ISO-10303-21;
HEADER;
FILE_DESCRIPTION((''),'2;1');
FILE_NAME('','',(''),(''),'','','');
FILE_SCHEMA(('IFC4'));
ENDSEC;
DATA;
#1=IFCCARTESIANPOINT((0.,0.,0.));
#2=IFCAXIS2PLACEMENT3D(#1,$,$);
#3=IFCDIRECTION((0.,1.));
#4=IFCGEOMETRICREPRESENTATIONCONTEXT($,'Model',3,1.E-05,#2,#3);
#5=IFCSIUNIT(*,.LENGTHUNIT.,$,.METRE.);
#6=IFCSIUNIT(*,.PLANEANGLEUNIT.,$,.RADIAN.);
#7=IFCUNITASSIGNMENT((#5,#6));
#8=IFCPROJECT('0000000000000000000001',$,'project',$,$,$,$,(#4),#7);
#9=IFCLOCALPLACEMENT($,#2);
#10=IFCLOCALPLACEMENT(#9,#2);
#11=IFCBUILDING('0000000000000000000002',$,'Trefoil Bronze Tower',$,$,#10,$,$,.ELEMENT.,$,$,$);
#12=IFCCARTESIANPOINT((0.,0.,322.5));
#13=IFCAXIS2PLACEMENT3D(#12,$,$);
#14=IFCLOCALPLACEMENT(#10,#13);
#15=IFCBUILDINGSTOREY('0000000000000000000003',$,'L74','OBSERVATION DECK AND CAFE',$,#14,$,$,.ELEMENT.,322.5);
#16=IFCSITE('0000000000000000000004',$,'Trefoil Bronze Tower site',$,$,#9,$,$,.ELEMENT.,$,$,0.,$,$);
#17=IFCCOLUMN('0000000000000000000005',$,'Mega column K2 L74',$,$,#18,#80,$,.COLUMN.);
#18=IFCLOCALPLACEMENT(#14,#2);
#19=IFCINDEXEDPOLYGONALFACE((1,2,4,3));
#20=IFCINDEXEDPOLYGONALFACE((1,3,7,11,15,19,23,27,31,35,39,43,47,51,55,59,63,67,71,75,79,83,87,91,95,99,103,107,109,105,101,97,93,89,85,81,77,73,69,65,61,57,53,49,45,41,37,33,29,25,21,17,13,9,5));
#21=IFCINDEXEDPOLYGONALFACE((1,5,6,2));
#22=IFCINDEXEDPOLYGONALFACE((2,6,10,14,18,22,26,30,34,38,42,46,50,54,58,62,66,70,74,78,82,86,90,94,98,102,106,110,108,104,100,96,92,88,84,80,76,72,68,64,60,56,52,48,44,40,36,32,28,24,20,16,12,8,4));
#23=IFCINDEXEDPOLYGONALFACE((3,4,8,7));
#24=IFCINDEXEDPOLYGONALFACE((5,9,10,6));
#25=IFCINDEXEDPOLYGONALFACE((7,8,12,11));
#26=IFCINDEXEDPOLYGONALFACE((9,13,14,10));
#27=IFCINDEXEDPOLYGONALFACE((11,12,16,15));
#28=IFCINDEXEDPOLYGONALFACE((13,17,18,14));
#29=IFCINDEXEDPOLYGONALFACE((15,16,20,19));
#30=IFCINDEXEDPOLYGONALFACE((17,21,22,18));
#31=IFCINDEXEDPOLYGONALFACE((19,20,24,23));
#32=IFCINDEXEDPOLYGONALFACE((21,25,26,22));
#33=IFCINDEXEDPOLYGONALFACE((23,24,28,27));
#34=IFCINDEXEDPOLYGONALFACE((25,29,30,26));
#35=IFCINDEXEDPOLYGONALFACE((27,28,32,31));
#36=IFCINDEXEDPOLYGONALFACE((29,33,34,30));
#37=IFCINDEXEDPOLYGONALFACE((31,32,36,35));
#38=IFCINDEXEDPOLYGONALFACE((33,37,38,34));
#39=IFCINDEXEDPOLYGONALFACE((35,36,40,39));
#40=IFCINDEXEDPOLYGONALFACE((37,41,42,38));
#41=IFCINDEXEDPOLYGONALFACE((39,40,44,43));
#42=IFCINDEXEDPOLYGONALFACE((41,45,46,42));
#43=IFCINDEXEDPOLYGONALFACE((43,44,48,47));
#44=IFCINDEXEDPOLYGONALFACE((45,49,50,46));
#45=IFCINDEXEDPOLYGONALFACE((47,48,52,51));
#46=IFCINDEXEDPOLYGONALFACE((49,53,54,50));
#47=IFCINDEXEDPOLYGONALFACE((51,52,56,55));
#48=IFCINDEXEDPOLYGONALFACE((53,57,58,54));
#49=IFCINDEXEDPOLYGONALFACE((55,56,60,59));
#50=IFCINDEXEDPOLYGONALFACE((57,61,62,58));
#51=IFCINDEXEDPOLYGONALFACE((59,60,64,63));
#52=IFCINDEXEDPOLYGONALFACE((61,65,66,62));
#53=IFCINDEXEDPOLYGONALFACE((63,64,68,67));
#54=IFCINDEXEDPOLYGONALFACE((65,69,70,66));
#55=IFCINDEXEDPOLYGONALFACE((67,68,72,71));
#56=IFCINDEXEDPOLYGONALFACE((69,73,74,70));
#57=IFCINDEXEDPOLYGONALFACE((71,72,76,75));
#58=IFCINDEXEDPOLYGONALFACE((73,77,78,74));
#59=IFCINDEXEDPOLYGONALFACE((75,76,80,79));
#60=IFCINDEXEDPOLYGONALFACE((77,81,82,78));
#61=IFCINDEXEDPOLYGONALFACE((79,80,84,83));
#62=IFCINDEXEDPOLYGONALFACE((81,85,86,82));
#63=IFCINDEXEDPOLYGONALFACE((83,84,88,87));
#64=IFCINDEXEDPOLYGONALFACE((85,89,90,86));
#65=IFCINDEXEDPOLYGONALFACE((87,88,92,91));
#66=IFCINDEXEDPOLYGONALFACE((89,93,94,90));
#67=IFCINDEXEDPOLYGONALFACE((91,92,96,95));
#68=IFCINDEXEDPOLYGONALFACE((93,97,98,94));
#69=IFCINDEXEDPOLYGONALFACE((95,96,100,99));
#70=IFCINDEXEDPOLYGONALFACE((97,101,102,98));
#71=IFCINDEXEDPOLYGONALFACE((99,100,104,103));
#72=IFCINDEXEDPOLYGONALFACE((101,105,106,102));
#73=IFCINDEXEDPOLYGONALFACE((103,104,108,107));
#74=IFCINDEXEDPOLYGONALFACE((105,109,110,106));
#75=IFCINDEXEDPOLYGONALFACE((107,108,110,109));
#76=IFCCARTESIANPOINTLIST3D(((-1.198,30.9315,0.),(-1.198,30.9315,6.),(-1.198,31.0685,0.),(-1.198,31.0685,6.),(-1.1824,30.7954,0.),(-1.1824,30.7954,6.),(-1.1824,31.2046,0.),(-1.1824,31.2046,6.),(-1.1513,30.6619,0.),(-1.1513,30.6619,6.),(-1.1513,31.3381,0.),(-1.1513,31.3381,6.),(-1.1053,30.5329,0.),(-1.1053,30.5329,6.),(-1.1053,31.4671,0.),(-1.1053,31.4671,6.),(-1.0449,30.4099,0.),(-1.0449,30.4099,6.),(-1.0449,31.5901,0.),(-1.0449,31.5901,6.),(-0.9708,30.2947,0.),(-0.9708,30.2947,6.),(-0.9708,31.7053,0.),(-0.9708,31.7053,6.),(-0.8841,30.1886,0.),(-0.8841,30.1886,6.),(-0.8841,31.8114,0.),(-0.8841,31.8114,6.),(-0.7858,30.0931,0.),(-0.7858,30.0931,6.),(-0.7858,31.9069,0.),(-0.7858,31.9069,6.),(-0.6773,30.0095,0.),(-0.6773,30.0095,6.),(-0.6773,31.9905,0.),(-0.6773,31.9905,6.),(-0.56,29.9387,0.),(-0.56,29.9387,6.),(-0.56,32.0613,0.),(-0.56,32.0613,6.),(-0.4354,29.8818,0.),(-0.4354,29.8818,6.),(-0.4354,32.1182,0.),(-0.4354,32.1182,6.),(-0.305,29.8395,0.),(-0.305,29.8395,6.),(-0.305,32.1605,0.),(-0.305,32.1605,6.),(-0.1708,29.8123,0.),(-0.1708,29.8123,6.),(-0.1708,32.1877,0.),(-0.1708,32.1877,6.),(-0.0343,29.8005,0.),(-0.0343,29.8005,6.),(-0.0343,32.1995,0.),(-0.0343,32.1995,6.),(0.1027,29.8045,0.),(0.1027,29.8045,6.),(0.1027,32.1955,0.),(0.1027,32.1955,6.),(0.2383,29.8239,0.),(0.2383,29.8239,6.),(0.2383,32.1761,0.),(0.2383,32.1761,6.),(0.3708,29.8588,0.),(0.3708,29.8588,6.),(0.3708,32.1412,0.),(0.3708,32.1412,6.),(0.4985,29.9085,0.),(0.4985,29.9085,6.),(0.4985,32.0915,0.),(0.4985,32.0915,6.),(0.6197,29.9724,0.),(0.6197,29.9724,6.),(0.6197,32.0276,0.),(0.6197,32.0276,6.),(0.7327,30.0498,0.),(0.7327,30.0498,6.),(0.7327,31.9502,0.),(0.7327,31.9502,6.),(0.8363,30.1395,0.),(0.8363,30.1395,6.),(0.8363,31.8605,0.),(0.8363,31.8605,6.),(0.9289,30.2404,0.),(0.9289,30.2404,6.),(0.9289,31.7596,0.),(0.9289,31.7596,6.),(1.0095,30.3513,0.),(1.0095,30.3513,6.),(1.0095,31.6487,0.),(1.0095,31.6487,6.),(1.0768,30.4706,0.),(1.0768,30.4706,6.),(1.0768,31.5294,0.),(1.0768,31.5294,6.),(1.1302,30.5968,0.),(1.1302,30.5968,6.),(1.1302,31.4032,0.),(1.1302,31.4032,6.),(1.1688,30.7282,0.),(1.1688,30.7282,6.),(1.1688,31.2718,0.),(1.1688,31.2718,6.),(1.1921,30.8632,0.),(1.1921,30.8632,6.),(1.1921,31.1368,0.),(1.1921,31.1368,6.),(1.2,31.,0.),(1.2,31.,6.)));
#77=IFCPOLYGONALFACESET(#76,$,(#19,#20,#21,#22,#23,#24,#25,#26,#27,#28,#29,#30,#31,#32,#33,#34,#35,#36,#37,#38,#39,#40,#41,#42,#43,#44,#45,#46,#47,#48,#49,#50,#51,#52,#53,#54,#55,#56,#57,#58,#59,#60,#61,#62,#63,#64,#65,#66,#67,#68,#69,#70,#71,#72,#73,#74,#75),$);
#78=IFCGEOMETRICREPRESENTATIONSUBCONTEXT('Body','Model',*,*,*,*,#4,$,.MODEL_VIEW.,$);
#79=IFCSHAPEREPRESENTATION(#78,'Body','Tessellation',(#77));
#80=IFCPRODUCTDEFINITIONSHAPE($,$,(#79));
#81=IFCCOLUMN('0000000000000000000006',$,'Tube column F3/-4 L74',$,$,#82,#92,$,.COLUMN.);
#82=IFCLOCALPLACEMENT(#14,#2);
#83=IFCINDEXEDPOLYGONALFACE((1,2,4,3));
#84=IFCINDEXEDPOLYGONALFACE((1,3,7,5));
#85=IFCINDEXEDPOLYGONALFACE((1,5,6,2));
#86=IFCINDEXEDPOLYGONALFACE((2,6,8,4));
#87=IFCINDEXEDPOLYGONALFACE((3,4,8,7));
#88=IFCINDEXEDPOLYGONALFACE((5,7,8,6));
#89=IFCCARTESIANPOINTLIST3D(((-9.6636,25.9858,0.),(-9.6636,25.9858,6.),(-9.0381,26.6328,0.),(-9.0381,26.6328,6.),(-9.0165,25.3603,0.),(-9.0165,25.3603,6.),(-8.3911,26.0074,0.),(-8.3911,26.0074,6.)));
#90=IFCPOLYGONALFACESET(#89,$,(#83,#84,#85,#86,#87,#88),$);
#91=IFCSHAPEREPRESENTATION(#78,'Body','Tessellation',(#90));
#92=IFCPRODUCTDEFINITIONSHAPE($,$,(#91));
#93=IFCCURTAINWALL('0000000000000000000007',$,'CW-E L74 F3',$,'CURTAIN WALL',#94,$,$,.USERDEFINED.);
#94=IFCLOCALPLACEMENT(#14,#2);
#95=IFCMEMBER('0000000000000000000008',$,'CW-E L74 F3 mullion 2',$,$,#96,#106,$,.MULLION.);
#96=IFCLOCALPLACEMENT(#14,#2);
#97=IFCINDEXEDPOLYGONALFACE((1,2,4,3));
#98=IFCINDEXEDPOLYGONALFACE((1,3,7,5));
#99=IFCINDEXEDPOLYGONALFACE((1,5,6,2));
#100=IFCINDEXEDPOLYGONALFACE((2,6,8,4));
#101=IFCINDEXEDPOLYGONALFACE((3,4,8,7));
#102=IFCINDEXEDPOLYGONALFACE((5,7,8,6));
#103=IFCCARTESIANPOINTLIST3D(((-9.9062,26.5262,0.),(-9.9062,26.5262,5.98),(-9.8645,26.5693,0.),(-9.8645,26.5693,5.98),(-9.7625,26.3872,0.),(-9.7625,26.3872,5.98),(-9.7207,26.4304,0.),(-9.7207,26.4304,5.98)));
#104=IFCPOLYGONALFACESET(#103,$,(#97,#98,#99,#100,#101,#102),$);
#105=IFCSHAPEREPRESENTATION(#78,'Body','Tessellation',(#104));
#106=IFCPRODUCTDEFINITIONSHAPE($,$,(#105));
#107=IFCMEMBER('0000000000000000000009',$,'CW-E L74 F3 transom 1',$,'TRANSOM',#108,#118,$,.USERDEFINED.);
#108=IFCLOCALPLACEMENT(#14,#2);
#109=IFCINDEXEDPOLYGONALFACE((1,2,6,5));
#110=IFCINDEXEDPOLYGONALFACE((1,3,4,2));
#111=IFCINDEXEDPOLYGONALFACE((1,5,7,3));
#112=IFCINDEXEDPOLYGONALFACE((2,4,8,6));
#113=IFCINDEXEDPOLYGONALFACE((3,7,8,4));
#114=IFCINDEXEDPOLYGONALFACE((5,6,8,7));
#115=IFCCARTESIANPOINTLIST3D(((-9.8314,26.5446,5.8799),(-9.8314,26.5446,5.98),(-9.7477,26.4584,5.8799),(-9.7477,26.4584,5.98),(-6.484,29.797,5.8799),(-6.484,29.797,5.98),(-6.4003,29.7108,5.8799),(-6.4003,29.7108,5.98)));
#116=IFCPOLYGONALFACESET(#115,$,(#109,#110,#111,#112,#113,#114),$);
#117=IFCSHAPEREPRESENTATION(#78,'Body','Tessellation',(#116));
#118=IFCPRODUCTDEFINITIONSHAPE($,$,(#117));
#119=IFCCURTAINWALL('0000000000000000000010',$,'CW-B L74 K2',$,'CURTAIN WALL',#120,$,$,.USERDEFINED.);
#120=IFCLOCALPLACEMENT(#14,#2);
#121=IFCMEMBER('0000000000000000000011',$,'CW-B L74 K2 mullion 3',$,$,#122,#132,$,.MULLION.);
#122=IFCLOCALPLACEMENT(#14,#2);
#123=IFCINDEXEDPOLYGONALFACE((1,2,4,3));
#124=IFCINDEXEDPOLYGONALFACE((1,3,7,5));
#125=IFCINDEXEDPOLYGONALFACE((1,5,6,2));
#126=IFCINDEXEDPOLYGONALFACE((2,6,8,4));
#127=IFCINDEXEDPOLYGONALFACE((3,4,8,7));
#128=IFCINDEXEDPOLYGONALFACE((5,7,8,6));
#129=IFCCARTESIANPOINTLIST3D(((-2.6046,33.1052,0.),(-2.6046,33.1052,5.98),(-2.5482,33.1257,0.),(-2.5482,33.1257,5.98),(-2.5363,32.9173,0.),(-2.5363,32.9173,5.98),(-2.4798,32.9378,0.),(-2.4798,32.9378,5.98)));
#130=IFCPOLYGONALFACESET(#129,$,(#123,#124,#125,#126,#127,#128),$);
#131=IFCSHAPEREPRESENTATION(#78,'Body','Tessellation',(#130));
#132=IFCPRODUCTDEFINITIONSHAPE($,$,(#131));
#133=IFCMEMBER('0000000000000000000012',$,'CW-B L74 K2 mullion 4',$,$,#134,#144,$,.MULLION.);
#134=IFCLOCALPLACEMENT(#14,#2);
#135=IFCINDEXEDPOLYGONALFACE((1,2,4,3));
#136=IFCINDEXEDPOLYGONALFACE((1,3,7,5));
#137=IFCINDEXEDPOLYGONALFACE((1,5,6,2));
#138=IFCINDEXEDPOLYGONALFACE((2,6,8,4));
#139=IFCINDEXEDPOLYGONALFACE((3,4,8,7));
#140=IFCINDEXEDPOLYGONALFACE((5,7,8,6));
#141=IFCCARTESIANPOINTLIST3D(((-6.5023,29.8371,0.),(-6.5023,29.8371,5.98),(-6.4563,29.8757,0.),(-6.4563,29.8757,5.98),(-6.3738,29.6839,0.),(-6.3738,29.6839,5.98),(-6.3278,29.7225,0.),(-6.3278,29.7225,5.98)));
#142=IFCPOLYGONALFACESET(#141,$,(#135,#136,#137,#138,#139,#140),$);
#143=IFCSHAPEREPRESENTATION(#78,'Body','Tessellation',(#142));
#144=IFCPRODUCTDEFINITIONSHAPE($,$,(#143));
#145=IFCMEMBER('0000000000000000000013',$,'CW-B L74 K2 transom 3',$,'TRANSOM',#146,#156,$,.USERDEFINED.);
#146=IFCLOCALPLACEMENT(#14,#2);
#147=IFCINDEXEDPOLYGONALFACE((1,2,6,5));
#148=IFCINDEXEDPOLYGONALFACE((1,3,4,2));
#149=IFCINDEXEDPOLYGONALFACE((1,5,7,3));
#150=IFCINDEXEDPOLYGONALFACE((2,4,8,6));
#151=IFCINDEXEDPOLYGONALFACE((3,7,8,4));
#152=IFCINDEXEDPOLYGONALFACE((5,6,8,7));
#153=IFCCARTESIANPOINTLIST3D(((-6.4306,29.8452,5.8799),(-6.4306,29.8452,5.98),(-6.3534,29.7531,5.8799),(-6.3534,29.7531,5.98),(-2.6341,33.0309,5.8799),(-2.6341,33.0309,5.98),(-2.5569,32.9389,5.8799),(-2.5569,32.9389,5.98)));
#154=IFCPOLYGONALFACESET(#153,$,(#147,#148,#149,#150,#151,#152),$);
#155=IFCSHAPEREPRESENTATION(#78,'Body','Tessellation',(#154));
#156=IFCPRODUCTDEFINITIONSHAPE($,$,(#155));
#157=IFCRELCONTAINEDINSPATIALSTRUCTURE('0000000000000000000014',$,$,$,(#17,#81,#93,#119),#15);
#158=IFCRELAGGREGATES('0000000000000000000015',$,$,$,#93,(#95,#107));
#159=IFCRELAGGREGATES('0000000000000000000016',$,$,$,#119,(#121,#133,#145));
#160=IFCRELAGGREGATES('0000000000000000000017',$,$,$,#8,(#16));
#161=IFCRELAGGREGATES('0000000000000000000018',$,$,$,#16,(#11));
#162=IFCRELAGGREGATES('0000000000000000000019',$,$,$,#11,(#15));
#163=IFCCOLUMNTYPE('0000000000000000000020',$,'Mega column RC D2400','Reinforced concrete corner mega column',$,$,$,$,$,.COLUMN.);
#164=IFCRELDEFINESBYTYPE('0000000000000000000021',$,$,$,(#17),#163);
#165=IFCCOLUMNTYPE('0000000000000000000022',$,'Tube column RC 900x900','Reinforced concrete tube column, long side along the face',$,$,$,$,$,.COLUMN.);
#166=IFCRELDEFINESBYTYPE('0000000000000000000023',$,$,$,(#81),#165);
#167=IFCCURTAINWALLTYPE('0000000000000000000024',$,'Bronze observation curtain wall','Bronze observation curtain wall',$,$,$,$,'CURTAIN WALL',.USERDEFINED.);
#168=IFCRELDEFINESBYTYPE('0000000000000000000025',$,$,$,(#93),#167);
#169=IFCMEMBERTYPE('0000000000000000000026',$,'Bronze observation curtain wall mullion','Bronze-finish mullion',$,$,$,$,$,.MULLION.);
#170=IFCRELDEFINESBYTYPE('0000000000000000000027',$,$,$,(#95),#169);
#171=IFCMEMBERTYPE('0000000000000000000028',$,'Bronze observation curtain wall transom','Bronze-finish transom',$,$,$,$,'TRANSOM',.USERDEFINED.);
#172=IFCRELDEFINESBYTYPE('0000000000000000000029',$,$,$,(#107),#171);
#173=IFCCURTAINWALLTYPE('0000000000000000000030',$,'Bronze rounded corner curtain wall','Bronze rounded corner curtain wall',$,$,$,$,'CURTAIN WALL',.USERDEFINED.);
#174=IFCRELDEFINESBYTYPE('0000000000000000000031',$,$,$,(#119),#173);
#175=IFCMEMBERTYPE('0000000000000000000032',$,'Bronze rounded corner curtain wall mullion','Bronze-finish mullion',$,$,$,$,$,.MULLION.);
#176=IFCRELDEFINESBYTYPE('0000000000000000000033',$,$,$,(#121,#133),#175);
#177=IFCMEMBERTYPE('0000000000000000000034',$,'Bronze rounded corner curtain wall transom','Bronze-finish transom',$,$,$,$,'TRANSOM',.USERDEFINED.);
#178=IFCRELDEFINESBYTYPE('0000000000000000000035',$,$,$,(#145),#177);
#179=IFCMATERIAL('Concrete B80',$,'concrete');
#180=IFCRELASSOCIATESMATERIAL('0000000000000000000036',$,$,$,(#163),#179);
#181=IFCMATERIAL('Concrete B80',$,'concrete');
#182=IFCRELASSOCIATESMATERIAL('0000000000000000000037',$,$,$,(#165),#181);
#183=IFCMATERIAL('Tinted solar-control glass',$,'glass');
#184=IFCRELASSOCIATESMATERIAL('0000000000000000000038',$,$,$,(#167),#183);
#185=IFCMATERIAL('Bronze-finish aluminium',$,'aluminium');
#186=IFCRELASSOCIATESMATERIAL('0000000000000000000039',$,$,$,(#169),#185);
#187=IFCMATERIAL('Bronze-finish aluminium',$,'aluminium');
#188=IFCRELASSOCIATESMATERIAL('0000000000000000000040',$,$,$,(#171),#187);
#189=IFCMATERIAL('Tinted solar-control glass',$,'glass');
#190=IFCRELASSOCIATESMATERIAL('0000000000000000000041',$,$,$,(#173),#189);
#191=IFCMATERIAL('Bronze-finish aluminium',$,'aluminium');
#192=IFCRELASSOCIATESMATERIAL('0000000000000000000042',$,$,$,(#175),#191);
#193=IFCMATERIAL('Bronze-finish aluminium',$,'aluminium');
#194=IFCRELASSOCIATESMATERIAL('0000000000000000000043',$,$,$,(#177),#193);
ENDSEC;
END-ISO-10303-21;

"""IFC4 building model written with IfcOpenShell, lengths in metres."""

from ifc_helpers import new_model, si_unit, direction, frame, origin, origin_2d, place, context, subcontext, project, spatial, rectangle, circle, extrude, material, material_profile, profile_set, type_object, element, aggregate, save


model = new_model("IFC4")

# Units and contexts
model_context = context("Model", 3, precision=1e-05, world=origin(), true_north=direction((0.0, 1.0)))
body_context = subcontext(model_context, "Body", "Model", "MODEL_VIEW")
ifc_project = project(units=[si_unit("LENGTHUNIT", "METRE"), si_unit("PLANEANGLEUNIT", "RADIAN")], contexts=[model_context])

# Site, building, storey
site_placement = place(None, origin())
site = spatial("IfcSite", under=ifc_project, at=site_placement, Name="Trefoil Bronze Tower site", CompositionType="ELEMENT", RefElevation=0.0)
building_placement = place(site_placement, origin())
building = spatial("IfcBuilding", under=site, at=building_placement, Name="Trefoil Bronze Tower", CompositionType="ELEMENT")
storey_placement = place(building_placement, frame((0.0, 0.0, 322.5)))
storey = spatial("IfcBuildingStorey", under=building, at=storey_placement, Name="L74", Description="OBSERVATION DECK AND CAFE", CompositionType="ELEMENT", Elevation=322.5)

# Columns
ifc_material_1 = material(Name="Concrete B80", Category="concrete")
ifc_material_profile_1 = material_profile(ifc_material_1, circle(Radius=1.2, at=origin_2d()), Name="RC D2400")
ifc_profile_set_1 = profile_set([ifc_material_profile_1], Name="Concrete B80")
column_type_1 = type_object("IfcColumnType", Name="Mega column RC D2400", Description="Reinforced concrete corner mega column", PredefinedType="COLUMN", material=ifc_profile_set_1)
column_1_placement = place(storey_placement, frame((0.0, 31.0, 0.0), z_axis=(0.0, 0.0, 1.0), x_axis=(1.0, 0.0, 0.0)))
element("IfcColumn", 1, at=column_1_placement, inside=storey, type_object=column_type_1, Name="Mega column K2 L74", PredefinedType="COLUMN", context=body_context, shape_type="SweptSolid", body=[
    extrude(circle(Radius=1.2, at=origin_2d()), origin(), (0.0, 0.0, 1.0), 6.0),
])
ifc_material_2 = material(Name="Concrete B80", Category="concrete")
ifc_material_profile_2 = material_profile(ifc_material_2, rectangle(XDim=0.8999, YDim=0.8999, at=origin_2d()), Name="RC 900x900")
ifc_profile_set_2 = profile_set([ifc_material_profile_2], Name="Concrete B80")
column_type_2 = type_object("IfcColumnType", Name="Tube column RC 900x900", Description="Reinforced concrete tube column, long side along the face", PredefinedType="COLUMN", material=ifc_profile_set_2)
column_2_placement = place(storey_placement, frame((-9.0273, 25.9966, 0.0), z_axis=(0.0, 0.0, 1.0), x_axis=(-0.695009, -0.719001, 0.0)))
element("IfcColumn", 2, at=column_2_placement, inside=storey, type_object=column_type_2, Name="Tube column F3/-4 L74", PredefinedType="COLUMN", context=body_context, shape_type="SweptSolid", body=[
    extrude(rectangle(XDim=0.8999, YDim=0.8999, at=origin_2d()), origin(), (0.0, 0.0, 1.0), 6.0),
])

# Curtain walls, members
ifc_material_3 = material(Name="Tinted solar-control glass", Category="glass")
curtain_wall_type_1 = type_object("IfcCurtainWallType", Name="Bronze observation curtain wall", Description="Bronze observation curtain wall", ElementType="CURTAIN WALL", PredefinedType="USERDEFINED", material=ifc_material_3)
curtain_wall_1_placement = place(storey_placement, origin())
curtain_wall_1 = element("IfcCurtainWall", 3, at=curtain_wall_1_placement, inside=storey, type_object=curtain_wall_type_1, Name="CW-E L74 F3", ObjectType="CURTAIN WALL", PredefinedType="USERDEFINED")
ifc_material_4 = material(Name="Bronze-finish aluminium", Category="aluminium")
ifc_material_profile_3 = material_profile(ifc_material_4, rectangle(XDim=0.2, YDim=0.0601, at=origin_2d()), Name="CW-E mullion")
ifc_profile_set_3 = profile_set([ifc_material_profile_3], Name="Bronze-finish aluminium")
member_type_1 = type_object("IfcMemberType", Name="Bronze observation curtain wall mullion", Description="Bronze-finish mullion", PredefinedType="MULLION", material=ifc_profile_set_3)
member_1_placement = place(storey_placement, frame((-9.8135, 26.4783, 0.0), z_axis=(0.0, 0.0, 1.0), x_axis=(0.719001, -0.695009, 0.0)))
member_1 = element("IfcMember", 4, at=member_1_placement, type_object=member_type_1, Name="CW-E L74 F3 mullion 2", PredefinedType="MULLION", context=body_context, shape_type="SweptSolid", body=[
    extrude(rectangle(XDim=0.2, YDim=0.0601, at=origin_2d()), origin(), (0.0, 0.0, 1.0), 5.98),
])
ifc_material_5 = material(Name="Bronze-finish aluminium", Category="aluminium")
ifc_material_profile_4 = material_profile(ifc_material_5, rectangle(XDim=0.1201, YDim=0.1001, at=origin_2d()), Name="CW-E transom")
ifc_profile_set_4 = profile_set([ifc_material_profile_4], Name="Bronze-finish aluminium")
member_type_2 = type_object("IfcMemberType", Name="Bronze observation curtain wall transom", Description="Bronze-finish transom", ElementType="TRANSOM", PredefinedType="USERDEFINED", material=ifc_profile_set_4)
member_2_placement = place(storey_placement, frame((-6.4421, 29.7539, 5.9299), z_axis=(-0.717208, -0.696859, 0.0), x_axis=(0.696859, -0.717208, 0.0)))
member_2 = element("IfcMember", 5, at=member_2_placement, type_object=member_type_2, Name="CW-E L74 F3 transom 1", ObjectType="TRANSOM", PredefinedType="USERDEFINED", context=body_context, shape_type="SweptSolid", body=[
    extrude(rectangle(XDim=0.1201, YDim=0.1001, at=origin_2d()), origin(), (0.0, 0.0, 1.0), 4.6672),
])
ifc_material_6 = material(Name="Tinted solar-control glass", Category="glass")
curtain_wall_type_2 = type_object("IfcCurtainWallType", Name="Bronze rounded corner curtain wall", Description="Bronze rounded corner curtain wall", ElementType="CURTAIN WALL", PredefinedType="USERDEFINED", material=ifc_material_6)
curtain_wall_2_placement = place(storey_placement, origin())
curtain_wall_2 = element("IfcCurtainWall", 6, at=curtain_wall_2_placement, inside=storey, type_object=curtain_wall_type_2, Name="CW-B L74 K2", ObjectType="CURTAIN WALL", PredefinedType="USERDEFINED")
ifc_material_7 = material(Name="Bronze-finish aluminium", Category="aluminium")
ifc_material_profile_5 = material_profile(ifc_material_7, rectangle(XDim=0.2, YDim=0.0601, at=origin_2d()), Name="CW-B mullion")
ifc_profile_set_5 = profile_set([ifc_material_profile_5], Name="Bronze-finish aluminium")
member_type_3 = type_object("IfcMemberType", Name="Bronze rounded corner curtain wall mullion", Description="Bronze-finish mullion", PredefinedType="MULLION", material=ifc_profile_set_5)
member_3_placement = place(storey_placement, frame((-2.5422, 33.0215, 0.0), z_axis=(0.0, 0.0, 1.0), x_axis=(0.34202, -0.939693, 0.0)))
member_3 = element("IfcMember", 7, at=member_3_placement, type_object=member_type_3, Name="CW-B L74 K2 mullion 3", PredefinedType="MULLION", context=body_context, shape_type="SweptSolid", body=[
    extrude(rectangle(XDim=0.2, YDim=0.0601, at=origin_2d()), origin(), (0.0, 0.0, 1.0), 5.98),
])
member_4_placement = place(storey_placement, frame((-6.415, 29.7798, 0.0), z_axis=(0.0, 0.0, 1.0), x_axis=(0.642788, -0.766044, 0.0)))
member_4 = element("IfcMember", 8, at=member_4_placement, type_object=member_type_3, Name="CW-B L74 K2 mullion 4", PredefinedType="MULLION", context=body_context, shape_type="SweptSolid", body=[
    extrude(rectangle(XDim=0.2, YDim=0.0601, at=origin_2d()), origin(), (0.0, 0.0, 1.0), 5.98),
])
ifc_material_8 = material(Name="Bronze-finish aluminium", Category="aluminium")
ifc_material_profile_6 = material_profile(ifc_material_8, rectangle(XDim=0.1201, YDim=0.1001, at=origin_2d()), Name="CW-B transom")
ifc_profile_set_6 = profile_set([ifc_material_profile_6], Name="Bronze-finish aluminium")
member_type_4 = type_object("IfcMemberType", Name="Bronze rounded corner curtain wall transom", Description="Bronze-finish transom", ElementType="TRANSOM", PredefinedType="USERDEFINED", material=ifc_profile_set_6)
member_5_placement = place(storey_placement, frame((-2.5955, 32.9849, 5.9299), z_axis=(-0.766041, -0.642792, 0.0), x_axis=(0.642792, -0.766041, 0.0)))
member_5 = element("IfcMember", 9, at=member_5_placement, type_object=member_type_4, Name="CW-B L74 K2 transom 3", ObjectType="TRANSOM", PredefinedType="USERDEFINED", context=body_context, shape_type="SweptSolid", body=[
    extrude(rectangle(XDim=0.1201, YDim=0.1001, at=origin_2d()), origin(), (0.0, 0.0, 1.0), 4.9561),
])

aggregate(curtain_wall_1, [member_1, member_2])
aggregate(curtain_wall_2, [member_3, member_4, member_5])

save(model, "model.ifc")
